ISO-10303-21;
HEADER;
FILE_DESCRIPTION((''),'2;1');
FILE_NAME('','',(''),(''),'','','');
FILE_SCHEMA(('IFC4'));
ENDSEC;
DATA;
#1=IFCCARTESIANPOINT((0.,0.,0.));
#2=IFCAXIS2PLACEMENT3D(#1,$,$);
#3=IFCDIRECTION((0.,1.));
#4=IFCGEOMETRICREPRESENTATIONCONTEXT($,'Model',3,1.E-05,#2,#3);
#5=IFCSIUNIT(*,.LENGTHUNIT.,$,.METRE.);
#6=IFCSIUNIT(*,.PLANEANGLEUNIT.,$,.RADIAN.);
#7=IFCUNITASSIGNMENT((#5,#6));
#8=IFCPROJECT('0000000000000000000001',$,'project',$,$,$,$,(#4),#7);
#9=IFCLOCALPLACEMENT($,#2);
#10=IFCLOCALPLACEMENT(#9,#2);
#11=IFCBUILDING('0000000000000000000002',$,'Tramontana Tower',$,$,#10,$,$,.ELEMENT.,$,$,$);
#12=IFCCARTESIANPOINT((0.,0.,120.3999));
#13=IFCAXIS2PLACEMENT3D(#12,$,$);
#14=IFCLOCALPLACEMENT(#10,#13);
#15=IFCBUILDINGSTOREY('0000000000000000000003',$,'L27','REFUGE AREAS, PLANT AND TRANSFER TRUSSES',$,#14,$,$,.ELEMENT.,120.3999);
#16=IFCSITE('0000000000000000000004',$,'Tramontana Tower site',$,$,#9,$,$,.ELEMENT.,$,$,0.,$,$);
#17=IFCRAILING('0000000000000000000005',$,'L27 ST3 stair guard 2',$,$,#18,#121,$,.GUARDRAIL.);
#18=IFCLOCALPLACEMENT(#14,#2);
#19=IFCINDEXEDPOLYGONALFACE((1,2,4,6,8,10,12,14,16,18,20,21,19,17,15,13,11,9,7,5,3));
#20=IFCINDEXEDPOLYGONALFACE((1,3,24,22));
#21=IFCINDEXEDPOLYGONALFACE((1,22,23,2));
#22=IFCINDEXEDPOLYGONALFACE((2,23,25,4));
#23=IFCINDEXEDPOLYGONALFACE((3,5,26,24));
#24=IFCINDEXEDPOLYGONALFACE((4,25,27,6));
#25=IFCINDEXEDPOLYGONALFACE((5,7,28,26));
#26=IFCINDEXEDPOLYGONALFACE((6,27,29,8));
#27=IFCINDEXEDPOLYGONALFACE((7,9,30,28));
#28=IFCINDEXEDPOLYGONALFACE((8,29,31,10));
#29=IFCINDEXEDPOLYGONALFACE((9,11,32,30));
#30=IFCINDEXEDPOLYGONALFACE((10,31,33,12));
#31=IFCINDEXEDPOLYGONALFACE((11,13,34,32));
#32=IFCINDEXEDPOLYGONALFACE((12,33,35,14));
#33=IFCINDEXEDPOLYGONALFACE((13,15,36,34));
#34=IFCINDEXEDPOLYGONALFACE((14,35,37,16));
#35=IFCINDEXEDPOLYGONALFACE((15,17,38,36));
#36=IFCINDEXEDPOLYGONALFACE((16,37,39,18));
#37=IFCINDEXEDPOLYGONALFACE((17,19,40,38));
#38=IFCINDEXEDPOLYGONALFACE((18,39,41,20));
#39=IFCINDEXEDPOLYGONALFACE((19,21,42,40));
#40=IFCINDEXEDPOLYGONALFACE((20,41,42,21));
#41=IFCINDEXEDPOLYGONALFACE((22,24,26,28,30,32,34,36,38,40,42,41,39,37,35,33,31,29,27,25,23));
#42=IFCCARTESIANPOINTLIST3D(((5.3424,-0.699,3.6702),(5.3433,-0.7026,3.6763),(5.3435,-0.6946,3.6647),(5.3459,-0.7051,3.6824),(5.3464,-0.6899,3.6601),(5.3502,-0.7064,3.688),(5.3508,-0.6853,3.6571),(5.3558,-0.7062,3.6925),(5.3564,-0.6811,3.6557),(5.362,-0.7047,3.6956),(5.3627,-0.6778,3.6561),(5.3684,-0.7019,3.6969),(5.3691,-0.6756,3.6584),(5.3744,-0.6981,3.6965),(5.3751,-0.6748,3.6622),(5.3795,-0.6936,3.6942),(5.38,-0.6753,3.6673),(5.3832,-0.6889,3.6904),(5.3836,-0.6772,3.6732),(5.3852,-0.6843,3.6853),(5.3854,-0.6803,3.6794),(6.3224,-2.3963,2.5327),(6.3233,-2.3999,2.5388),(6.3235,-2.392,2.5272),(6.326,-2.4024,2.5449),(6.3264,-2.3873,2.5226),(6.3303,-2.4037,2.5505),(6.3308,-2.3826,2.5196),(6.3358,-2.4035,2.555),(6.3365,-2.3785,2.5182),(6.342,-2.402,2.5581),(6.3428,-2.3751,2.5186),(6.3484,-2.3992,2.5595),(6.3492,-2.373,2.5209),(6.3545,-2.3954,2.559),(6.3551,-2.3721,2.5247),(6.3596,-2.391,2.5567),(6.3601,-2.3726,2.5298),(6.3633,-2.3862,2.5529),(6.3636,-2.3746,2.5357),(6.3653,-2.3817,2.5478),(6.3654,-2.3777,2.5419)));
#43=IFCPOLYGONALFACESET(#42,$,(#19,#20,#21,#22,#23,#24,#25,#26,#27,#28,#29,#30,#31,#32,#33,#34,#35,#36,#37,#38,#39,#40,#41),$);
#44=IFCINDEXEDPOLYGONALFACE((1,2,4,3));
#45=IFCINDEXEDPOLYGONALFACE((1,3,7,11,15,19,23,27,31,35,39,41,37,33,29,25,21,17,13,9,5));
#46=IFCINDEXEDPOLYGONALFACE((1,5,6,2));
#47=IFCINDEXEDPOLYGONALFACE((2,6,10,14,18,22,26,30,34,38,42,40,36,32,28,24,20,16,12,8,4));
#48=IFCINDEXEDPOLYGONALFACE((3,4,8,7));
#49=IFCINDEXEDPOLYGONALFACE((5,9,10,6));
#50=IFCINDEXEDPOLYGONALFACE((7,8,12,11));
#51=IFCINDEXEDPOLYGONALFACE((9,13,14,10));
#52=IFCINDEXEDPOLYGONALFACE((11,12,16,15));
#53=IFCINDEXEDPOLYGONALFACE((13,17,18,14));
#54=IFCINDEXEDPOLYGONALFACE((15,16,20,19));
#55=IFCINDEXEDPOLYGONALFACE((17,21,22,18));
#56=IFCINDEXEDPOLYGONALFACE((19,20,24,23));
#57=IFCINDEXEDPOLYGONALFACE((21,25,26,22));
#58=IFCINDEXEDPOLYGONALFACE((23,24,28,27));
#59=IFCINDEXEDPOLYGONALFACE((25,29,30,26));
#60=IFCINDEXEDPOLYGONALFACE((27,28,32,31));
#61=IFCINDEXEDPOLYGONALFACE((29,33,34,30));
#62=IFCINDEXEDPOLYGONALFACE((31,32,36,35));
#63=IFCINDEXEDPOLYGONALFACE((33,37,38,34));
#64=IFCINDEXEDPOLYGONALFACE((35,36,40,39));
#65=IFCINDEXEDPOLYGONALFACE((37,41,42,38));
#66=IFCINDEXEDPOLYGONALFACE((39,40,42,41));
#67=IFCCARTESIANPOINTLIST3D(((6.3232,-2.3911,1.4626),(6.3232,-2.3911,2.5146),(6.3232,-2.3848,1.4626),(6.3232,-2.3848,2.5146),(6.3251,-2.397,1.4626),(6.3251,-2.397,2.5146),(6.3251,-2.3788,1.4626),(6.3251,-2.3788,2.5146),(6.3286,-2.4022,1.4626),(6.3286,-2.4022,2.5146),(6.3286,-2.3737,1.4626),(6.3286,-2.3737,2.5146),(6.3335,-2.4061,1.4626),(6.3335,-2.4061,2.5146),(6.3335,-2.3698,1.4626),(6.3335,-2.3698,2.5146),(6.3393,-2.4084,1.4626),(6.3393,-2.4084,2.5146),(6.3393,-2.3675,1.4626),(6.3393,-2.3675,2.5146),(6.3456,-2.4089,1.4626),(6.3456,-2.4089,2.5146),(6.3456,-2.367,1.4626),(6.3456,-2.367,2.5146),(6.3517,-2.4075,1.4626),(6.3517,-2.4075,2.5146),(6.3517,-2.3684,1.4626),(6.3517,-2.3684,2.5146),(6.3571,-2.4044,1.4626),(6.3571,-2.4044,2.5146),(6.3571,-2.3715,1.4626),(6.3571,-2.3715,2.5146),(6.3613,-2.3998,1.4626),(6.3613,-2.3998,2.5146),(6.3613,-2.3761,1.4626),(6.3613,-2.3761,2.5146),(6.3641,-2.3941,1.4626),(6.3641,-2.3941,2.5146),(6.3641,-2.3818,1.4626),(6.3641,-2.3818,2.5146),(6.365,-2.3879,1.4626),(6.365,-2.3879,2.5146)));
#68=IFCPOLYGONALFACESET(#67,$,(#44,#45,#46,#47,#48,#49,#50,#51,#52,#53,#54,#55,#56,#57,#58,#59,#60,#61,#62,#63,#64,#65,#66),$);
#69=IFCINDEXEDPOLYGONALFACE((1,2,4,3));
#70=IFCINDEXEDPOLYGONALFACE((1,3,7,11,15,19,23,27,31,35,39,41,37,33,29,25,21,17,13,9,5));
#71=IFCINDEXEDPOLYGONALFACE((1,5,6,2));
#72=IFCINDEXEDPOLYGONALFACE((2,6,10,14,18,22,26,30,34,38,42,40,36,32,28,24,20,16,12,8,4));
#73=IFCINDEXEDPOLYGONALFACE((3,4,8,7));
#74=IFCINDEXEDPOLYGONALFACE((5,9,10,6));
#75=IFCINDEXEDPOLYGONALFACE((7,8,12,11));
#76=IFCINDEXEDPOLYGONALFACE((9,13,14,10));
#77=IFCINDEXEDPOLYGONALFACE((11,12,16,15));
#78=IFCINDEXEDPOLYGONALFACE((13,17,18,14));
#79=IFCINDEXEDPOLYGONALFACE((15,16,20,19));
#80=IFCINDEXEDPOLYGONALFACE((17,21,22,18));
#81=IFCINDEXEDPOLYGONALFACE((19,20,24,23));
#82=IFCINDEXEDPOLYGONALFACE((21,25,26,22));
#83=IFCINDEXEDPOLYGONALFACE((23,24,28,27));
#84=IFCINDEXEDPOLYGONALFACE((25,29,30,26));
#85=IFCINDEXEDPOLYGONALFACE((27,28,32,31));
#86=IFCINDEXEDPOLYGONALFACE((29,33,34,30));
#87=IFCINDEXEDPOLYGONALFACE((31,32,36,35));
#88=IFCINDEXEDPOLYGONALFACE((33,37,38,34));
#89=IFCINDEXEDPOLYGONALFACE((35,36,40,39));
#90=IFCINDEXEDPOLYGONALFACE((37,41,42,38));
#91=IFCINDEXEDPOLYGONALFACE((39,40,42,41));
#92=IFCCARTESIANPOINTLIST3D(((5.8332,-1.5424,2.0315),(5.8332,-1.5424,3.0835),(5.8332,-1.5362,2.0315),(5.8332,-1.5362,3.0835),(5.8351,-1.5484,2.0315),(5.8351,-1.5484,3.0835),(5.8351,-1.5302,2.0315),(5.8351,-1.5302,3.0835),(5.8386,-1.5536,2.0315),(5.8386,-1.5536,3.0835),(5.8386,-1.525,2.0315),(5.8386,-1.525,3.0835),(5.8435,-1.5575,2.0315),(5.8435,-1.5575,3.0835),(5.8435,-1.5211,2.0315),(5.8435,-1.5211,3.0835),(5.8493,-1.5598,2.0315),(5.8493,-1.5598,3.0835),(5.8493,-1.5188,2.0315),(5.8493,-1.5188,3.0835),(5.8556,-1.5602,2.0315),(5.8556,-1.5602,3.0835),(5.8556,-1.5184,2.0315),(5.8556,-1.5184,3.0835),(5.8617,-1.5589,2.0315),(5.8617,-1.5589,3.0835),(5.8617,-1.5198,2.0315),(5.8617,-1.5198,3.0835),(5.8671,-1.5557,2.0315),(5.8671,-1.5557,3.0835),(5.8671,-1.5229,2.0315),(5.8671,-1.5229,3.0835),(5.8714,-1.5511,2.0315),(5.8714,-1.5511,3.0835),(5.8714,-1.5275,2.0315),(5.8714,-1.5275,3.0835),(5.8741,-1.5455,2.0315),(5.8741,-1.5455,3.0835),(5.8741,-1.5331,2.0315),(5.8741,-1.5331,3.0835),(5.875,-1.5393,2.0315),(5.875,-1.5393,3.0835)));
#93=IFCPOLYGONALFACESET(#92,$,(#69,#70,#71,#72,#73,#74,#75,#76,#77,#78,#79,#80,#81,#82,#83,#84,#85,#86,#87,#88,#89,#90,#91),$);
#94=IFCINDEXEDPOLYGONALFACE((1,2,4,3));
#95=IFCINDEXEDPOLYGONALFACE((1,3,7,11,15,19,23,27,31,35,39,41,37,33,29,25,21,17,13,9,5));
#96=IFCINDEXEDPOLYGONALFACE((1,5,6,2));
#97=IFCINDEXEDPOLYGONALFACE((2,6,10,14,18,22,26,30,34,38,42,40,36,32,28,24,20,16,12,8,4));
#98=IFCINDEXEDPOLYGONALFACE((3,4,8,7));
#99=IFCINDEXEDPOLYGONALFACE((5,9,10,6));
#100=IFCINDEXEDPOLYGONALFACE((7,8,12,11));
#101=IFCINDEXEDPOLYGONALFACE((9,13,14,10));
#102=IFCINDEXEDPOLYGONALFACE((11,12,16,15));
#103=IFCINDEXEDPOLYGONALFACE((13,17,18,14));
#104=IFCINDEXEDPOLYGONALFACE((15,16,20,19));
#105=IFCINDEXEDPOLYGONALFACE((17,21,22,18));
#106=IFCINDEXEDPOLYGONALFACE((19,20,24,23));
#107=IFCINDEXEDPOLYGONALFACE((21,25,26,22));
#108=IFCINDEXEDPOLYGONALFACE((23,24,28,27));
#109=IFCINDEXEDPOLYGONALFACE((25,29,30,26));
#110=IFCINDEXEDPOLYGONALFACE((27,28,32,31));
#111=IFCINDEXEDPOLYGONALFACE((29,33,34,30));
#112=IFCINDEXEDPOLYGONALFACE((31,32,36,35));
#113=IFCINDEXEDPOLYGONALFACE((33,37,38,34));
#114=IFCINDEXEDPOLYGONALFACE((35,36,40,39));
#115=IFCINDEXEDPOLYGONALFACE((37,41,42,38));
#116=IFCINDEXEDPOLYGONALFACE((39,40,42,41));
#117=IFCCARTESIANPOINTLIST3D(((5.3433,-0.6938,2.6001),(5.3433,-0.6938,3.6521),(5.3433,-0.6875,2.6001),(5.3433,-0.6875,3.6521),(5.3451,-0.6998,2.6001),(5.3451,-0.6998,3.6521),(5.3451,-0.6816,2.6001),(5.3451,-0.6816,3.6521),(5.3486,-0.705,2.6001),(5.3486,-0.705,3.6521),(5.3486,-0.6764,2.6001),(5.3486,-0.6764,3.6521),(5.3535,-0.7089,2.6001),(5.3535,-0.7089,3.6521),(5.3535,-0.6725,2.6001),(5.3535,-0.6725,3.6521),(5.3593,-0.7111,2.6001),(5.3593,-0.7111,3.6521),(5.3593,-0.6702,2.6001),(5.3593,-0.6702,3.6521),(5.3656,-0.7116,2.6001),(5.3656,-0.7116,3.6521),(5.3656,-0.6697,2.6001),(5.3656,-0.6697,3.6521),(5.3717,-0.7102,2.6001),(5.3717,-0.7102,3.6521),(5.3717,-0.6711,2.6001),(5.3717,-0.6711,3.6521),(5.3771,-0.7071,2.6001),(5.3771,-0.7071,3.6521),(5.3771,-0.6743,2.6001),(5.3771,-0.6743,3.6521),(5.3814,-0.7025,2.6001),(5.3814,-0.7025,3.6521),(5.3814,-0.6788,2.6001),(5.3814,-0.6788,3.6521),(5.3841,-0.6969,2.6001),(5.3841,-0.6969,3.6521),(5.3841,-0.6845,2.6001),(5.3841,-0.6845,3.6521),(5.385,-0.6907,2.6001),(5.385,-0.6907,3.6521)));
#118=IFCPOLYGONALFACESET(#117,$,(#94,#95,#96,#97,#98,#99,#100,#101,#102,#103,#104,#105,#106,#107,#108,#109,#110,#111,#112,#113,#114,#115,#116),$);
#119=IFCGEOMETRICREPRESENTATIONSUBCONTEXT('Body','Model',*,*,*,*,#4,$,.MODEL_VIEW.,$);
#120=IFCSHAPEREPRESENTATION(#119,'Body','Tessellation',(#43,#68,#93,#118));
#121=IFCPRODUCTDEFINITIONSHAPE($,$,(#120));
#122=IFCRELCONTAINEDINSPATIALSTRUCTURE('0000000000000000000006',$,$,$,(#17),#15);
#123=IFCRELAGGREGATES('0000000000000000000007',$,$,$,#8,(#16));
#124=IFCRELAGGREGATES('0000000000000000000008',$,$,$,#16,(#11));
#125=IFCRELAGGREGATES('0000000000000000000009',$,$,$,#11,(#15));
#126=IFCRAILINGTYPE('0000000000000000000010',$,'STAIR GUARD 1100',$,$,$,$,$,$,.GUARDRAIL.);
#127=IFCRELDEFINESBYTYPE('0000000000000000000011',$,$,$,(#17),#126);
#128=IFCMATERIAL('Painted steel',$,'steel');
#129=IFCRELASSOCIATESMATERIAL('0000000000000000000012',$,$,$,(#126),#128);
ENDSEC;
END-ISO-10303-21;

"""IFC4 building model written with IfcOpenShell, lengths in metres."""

from ifc_helpers import new_model, si_unit, direction, frame, origin, origin_2d, place, context, subcontext, project, spatial, circle, extrude, material, type_object, element, save


model = new_model("IFC4")

# Units and contexts
model_context = context("Model", 3, precision=1e-05, world=origin(), true_north=direction((0.0, 1.0)))
body_context = subcontext(model_context, "Body", "Model", "MODEL_VIEW")
ifc_project = project(units=[si_unit("LENGTHUNIT", "METRE"), si_unit("PLANEANGLEUNIT", "RADIAN")], contexts=[model_context])

# Site, building, storey
site_placement = place(None, origin())
site = spatial("IfcSite", under=ifc_project, at=site_placement, Name="Tramontana Tower site", CompositionType="ELEMENT", RefElevation=0.0)
building_placement = place(site_placement, origin())
building = spatial("IfcBuilding", under=site, at=building_placement, Name="Tramontana Tower", CompositionType="ELEMENT")
storey_placement = place(building_placement, frame((0.0, 0.0, 120.3999)))
storey = spatial("IfcBuildingStorey", under=building, at=storey_placement, Name="L27", Description="REFUGE AREAS, PLANT AND TRANSFER TRUSSES", CompositionType="ELEMENT", Elevation=120.3999)

# Railing
ifc_material_1 = material(Name="Painted steel", Category="steel")
railing_type_1 = type_object("IfcRailingType", Name="STAIR GUARD 1100", PredefinedType="GUARDRAIL", material=ifc_material_1)
railing_1_placement = place(storey_placement, frame((6.344, -2.3879, 1.4626)))
element("IfcRailing", 1, at=railing_1_placement, inside=storey, type_object=railing_type_1, Name="L27 ST3 stair guard 2", PredefinedType="GUARDRAIL", context=body_context, shape_type="SweptSolid", body=[
    extrude(circle(Radius=0.0239, at=origin_2d()), frame((0.0, 0.0, 1.0762), z_axis=(-0.432467, 0.749006, 0.501959), x_axis=(-0.866011, -0.500024, 0.0)), (0.0, 0.0, 1.0), 2.2661),
    extrude(circle(Radius=0.021, at=origin_2d()), origin(), (0.0, 0.0, 1.0), 1.052),
    extrude(circle(Radius=0.021, at=origin_2d()), frame((-0.49, 0.8486, 0.5688)), (0.0, 0.0, 1.0), 1.052),
    extrude(circle(Radius=0.021, at=origin_2d()), frame((-0.98, 1.6973, 1.1375)), (0.0, 0.0, 1.0), 1.052),
])

save(model, "model.ifc")
